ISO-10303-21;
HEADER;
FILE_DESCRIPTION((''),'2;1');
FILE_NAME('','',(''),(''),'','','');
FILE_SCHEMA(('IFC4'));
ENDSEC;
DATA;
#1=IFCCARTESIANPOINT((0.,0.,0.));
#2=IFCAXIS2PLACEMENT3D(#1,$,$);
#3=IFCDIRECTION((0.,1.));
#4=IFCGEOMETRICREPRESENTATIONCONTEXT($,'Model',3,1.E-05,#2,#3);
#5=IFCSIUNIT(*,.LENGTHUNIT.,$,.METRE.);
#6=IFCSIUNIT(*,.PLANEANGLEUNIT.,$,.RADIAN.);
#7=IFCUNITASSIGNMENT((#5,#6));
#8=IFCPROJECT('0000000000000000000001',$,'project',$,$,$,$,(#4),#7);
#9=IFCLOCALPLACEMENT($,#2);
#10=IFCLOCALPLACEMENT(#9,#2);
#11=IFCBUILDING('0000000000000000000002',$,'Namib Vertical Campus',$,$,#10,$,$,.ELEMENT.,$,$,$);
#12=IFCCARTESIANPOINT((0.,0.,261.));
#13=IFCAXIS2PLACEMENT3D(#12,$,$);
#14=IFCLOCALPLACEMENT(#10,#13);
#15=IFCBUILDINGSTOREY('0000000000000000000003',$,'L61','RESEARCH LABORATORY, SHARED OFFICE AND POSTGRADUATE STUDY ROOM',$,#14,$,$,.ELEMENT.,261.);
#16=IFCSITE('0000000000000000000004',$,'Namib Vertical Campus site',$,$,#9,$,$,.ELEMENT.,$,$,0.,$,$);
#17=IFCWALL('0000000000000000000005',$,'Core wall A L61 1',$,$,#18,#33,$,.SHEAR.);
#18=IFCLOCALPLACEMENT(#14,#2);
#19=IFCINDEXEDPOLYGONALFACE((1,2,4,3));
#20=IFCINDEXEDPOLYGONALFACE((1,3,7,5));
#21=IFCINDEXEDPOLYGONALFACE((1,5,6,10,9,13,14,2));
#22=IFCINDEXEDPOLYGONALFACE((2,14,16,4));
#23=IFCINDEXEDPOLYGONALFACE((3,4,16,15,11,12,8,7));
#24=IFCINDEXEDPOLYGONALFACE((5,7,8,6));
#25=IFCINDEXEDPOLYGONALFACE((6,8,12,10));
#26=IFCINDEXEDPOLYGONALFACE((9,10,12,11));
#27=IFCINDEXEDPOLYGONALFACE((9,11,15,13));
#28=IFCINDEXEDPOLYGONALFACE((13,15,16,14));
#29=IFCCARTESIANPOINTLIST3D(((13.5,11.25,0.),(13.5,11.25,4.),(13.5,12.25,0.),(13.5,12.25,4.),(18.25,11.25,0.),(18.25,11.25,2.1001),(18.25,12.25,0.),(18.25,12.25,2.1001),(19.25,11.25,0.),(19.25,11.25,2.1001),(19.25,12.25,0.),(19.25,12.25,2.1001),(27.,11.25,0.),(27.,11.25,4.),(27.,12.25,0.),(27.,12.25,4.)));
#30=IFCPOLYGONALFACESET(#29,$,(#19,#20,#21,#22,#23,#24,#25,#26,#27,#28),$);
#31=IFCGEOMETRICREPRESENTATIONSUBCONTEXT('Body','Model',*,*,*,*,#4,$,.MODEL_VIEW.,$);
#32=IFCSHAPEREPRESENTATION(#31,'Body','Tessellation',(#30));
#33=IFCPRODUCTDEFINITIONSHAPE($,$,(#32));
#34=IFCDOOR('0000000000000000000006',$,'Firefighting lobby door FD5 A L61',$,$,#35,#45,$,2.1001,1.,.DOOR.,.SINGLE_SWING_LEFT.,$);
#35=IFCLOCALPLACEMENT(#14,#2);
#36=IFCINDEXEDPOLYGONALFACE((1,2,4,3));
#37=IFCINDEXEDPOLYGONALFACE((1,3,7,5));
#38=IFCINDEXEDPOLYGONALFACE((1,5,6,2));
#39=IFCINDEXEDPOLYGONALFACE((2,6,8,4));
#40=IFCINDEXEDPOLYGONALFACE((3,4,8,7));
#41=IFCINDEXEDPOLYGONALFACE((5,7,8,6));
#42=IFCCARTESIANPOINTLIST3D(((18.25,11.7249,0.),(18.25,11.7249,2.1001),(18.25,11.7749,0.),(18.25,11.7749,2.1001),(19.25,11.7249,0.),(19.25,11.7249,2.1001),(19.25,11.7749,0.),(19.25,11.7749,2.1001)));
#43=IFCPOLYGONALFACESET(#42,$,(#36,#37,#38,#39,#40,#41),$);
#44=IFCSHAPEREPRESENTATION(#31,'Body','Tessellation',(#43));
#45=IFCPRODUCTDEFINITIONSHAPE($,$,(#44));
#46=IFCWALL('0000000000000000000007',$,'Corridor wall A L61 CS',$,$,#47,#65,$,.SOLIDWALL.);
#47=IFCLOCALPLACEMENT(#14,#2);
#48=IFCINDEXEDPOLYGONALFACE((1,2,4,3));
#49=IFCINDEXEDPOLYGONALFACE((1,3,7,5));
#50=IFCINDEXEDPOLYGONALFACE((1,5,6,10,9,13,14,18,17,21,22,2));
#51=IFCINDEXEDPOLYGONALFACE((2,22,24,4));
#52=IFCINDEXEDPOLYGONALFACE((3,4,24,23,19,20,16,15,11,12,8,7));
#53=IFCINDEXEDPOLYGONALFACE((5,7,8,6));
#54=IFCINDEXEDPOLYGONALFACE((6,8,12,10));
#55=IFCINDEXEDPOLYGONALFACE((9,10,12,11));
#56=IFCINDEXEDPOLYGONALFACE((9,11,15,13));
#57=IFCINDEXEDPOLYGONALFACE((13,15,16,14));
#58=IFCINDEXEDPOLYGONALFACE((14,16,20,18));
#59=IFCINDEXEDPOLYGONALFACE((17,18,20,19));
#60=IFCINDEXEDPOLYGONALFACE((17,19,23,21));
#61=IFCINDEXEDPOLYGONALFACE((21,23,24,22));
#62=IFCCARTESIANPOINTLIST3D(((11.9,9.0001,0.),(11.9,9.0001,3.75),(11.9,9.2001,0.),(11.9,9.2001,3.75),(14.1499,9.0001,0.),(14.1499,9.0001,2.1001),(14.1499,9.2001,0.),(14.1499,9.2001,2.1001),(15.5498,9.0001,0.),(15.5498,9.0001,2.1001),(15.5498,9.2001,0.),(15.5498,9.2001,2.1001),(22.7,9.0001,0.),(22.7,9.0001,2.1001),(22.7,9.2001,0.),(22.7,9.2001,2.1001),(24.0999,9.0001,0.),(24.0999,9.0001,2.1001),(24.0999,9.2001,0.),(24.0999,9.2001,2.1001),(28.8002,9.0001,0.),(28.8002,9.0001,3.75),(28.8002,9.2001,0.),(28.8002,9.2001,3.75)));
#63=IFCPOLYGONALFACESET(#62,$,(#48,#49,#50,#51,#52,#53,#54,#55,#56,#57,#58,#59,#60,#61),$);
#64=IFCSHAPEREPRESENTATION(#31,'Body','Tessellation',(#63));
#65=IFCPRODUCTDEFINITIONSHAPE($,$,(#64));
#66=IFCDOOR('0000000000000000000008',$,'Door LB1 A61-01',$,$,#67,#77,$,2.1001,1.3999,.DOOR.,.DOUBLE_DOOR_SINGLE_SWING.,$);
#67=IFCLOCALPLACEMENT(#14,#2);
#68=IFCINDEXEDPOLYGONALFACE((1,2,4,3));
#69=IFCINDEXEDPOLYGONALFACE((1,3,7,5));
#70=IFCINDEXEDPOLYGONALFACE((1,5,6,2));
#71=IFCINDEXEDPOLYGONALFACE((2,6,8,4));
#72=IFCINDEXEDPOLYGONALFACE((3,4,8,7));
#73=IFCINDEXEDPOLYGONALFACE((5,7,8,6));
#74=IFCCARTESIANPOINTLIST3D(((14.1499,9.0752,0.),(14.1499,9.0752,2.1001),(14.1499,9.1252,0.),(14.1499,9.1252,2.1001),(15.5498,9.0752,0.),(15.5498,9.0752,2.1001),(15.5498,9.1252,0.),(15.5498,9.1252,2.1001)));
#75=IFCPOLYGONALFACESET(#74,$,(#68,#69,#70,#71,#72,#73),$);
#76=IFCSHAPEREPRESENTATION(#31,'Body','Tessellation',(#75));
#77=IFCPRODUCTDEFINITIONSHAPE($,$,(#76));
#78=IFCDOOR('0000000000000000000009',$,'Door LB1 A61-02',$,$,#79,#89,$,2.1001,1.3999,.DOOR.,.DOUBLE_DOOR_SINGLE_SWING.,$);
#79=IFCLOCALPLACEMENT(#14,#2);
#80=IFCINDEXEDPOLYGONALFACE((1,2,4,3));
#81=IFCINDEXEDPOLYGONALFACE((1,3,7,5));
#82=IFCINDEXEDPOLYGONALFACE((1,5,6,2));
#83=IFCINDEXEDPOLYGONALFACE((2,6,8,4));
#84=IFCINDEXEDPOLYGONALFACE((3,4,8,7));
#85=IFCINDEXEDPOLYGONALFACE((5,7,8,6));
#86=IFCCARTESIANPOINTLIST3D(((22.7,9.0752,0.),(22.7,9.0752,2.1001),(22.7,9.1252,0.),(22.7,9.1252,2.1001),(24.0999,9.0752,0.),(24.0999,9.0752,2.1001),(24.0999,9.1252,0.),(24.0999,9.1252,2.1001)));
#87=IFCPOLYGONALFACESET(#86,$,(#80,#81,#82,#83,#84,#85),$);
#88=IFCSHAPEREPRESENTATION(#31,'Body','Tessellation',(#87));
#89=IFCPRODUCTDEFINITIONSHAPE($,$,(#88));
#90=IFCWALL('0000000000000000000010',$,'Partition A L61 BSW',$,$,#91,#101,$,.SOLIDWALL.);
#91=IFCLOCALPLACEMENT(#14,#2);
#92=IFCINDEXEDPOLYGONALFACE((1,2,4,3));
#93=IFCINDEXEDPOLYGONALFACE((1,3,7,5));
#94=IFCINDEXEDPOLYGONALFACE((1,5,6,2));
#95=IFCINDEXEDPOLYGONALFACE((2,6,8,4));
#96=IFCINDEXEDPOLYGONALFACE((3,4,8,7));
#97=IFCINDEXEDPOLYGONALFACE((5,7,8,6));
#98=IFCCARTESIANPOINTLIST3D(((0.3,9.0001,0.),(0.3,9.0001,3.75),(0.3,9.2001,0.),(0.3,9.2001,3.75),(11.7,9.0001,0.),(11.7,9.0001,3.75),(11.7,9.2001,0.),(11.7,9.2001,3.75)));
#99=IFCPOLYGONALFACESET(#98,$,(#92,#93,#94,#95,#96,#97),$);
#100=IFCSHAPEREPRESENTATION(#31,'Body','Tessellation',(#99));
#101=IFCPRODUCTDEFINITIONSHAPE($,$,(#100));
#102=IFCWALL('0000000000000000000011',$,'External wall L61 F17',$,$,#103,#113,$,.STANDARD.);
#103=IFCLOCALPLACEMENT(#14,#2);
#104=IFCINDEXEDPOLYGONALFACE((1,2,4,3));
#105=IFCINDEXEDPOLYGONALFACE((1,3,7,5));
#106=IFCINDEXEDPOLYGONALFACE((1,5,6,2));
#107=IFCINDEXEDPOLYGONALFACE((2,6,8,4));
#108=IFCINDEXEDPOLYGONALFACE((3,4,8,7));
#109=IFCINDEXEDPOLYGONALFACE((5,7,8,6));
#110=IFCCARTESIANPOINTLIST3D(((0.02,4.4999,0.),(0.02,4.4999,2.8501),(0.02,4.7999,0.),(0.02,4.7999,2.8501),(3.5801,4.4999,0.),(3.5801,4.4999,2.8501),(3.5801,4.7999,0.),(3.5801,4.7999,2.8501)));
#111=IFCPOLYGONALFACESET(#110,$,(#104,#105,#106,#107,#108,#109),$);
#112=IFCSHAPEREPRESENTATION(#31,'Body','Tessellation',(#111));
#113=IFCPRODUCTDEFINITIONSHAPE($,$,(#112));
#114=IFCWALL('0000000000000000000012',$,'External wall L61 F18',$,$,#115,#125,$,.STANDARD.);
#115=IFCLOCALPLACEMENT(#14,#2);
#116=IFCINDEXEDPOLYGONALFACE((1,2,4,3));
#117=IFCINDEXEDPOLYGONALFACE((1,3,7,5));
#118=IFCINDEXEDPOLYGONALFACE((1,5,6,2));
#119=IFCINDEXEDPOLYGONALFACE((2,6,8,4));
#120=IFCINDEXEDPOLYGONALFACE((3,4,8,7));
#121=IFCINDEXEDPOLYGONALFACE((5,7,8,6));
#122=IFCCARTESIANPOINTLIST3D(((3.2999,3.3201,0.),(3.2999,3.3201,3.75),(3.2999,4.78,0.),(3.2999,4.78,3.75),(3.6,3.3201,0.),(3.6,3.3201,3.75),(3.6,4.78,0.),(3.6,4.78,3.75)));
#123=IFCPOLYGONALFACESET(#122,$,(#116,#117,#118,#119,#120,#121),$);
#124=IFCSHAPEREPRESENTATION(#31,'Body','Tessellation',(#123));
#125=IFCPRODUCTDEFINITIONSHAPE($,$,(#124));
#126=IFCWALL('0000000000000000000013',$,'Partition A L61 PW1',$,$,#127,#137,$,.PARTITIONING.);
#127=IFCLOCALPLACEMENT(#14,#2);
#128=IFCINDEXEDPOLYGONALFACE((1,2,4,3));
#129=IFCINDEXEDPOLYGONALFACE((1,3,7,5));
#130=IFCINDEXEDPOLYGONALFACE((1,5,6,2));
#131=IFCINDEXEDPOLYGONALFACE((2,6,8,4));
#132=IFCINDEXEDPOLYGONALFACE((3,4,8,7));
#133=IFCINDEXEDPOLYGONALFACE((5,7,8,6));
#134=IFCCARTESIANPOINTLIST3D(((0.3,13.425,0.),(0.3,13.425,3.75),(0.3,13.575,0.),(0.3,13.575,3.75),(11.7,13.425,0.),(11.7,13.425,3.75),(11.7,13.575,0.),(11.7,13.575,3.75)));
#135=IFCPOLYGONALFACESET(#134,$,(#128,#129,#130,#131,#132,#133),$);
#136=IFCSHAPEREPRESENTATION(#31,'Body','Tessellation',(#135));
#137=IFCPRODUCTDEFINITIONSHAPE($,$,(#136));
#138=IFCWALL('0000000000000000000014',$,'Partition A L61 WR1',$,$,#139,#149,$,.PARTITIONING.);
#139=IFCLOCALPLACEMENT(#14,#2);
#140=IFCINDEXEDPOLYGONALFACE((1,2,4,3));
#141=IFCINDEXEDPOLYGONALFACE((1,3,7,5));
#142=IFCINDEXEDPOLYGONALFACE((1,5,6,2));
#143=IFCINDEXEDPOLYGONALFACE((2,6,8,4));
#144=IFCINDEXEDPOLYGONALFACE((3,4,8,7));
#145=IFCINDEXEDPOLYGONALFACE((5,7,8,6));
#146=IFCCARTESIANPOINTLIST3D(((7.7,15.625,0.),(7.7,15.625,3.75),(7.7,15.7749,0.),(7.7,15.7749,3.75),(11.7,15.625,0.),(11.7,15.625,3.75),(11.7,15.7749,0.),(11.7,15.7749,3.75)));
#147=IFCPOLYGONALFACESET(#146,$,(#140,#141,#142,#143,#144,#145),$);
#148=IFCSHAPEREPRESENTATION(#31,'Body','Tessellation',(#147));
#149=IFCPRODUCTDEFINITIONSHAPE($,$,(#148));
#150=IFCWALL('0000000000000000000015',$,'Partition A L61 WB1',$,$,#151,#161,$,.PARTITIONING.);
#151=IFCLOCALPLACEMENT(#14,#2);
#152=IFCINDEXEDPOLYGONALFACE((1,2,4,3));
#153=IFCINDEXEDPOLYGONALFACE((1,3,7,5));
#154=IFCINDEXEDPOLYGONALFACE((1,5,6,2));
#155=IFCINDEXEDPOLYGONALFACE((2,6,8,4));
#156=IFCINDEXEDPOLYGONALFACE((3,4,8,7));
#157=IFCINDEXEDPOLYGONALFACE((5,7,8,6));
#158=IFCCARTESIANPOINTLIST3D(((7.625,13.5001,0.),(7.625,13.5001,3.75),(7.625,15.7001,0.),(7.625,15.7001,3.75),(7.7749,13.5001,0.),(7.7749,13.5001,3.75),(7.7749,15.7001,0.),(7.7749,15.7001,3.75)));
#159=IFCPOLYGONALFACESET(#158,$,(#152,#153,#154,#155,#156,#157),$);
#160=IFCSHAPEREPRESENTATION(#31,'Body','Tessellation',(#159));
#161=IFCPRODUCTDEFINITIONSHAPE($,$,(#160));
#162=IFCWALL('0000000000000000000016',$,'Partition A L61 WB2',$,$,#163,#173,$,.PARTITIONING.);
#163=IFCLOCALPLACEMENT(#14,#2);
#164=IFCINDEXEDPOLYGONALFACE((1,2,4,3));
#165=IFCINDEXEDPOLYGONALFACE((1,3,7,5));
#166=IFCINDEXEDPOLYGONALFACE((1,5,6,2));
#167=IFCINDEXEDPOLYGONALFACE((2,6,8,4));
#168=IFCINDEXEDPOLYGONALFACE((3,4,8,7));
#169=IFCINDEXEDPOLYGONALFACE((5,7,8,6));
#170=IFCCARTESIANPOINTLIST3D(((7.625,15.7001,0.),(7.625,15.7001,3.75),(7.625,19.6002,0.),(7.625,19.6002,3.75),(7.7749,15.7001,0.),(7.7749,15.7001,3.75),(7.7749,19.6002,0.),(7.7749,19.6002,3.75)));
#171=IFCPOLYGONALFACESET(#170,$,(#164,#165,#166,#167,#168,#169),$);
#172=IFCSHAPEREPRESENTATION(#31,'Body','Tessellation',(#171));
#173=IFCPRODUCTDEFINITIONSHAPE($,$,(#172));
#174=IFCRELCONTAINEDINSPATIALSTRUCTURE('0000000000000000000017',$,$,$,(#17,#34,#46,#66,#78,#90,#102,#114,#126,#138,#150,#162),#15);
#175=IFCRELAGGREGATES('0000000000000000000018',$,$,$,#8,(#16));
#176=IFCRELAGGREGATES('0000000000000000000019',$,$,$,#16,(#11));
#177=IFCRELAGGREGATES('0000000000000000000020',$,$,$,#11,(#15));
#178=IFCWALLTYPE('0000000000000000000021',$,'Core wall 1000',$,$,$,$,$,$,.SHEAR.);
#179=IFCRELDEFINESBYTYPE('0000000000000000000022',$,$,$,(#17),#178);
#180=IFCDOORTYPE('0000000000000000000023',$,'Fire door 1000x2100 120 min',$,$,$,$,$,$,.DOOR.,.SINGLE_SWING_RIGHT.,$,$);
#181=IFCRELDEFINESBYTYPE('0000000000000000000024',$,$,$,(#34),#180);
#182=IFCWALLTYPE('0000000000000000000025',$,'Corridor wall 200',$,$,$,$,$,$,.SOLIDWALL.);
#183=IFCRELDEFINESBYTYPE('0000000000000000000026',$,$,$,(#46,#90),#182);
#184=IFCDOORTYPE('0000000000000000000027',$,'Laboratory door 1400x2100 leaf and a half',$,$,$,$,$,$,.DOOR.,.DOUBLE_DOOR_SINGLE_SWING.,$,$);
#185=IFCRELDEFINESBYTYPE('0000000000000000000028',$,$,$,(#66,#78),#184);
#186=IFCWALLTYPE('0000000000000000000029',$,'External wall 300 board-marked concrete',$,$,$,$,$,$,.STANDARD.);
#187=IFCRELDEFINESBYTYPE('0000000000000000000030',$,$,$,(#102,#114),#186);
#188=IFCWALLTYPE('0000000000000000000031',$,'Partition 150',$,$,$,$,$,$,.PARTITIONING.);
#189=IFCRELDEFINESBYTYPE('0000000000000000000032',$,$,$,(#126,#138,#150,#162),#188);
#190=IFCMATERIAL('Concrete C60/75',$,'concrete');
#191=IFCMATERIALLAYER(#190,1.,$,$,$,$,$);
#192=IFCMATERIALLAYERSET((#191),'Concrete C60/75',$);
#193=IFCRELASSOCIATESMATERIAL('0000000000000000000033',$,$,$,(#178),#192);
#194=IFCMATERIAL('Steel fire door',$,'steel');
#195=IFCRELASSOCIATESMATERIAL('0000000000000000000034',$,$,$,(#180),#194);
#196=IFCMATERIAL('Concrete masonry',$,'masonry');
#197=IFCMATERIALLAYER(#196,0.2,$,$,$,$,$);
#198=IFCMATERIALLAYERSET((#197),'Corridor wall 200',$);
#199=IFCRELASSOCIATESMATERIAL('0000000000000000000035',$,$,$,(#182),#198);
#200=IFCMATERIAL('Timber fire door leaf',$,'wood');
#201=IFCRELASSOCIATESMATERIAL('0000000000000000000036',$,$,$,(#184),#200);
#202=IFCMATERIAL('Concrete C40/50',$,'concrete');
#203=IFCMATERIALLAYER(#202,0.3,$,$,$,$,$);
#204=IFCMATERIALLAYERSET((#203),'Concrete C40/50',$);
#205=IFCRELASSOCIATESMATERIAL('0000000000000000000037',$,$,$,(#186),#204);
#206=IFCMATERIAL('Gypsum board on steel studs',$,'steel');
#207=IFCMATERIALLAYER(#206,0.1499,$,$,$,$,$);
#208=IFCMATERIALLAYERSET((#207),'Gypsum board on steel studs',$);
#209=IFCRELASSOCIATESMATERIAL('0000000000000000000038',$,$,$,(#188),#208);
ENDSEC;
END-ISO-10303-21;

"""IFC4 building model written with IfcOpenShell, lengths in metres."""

from ifc_helpers import new_model, si_unit, direction, frame, frame_2d, origin, place, context, subcontext, project, spatial, rectangle, extrude, material, layer, layer_set, type_object, element, fill, save


model = new_model("IFC4")

# Units and contexts
model_context = context("Model", 3, precision=1e-05, world=origin(), true_north=direction((0.0, 1.0)))
body_context = subcontext(model_context, "Body", "Model", "MODEL_VIEW")
ifc_project = project(units=[si_unit("LENGTHUNIT", "METRE"), si_unit("PLANEANGLEUNIT", "RADIAN")], contexts=[model_context])

# Site, building, storey
site_placement = place(None, origin())
site = spatial("IfcSite", under=ifc_project, at=site_placement, Name="Namib Vertical Campus site", CompositionType="ELEMENT", RefElevation=0.0)
building_placement = place(site_placement, origin())
building = spatial("IfcBuilding", under=site, at=building_placement, Name="Namib Vertical Campus", CompositionType="ELEMENT")
storey_placement = place(building_placement, frame((0.0, 0.0, 261.0)))
storey = spatial("IfcBuildingStorey", under=building, at=storey_placement, Name="L61", Description="RESEARCH LABORATORY, SHARED OFFICE AND POSTGRADUATE STUDY ROOM", CompositionType="ELEMENT", Elevation=261.0)

# Wall, opening, door
ifc_material_1 = material(Name="Concrete C60/75", Category="concrete")
ifc_layer_1 = layer(ifc_material_1, 1.0)
ifc_layer_set_1 = layer_set([ifc_layer_1], Name="Concrete C60/75")
wall_type_1 = type_object("IfcWallType", Name="Core wall 1000", PredefinedType="SHEAR", material=ifc_layer_set_1)
wall_1_placement = place(storey_placement, frame((13.5, 11.75, 0.0), z_axis=(0.0, 0.0, 1.0), x_axis=(1.0, 0.0, 0.0)))
wall_1 = element("IfcWall", 1, at=wall_1_placement, inside=storey, type_object=wall_type_1, Name="Core wall A L61 1", PredefinedType="SHEAR", context=body_context, shape_type="SweptSolid", body=[
    extrude(rectangle(XDim=13.5, YDim=1.0, at=frame_2d((6.75, 0.0))), origin(), (0.0, 0.0, 1.0), 4.0),
])
opening_1_placement = place(wall_1_placement, frame((4.75, 0.0, 0.0)))
opening_1 = element("IfcOpeningElement", 2, at=opening_1_placement, cuts=wall_1, PredefinedType="OPENING", context=body_context, shape_type="SweptSolid", body=[
    extrude(rectangle(XDim=1.0, YDim=2.1001, at=frame_2d((0.5, 1.05))), frame((0.0, 0.51, 0.0), z_axis=(0.0, -1.0, 0.0), x_axis=(1.0, 0.0, 0.0)), (0.0, 0.0, 1.0), 1.02),
])
ifc_material_2 = material(Name="Steel fire door", Category="steel")
door_type_1 = type_object("IfcDoorType", Name="Fire door 1000x2100 120 min", OperationType="SINGLE_SWING_RIGHT", PredefinedType="DOOR", material=ifc_material_2)
door_1_placement = place(opening_1_placement, origin())
door_1 = element("IfcDoor", 3, at=door_1_placement, inside=storey, type_object=door_type_1, Name="Firefighting lobby door FD5 A L61", OperationType="SINGLE_SWING_LEFT", OverallHeight=2.1001, OverallWidth=1.0, PredefinedType="DOOR", context=body_context, shape_type="SweptSolid", body=[
    extrude(rectangle(XDim=1.0, YDim=2.1001, at=frame_2d((0.5, 1.05))), frame((0.0, 0.0249, 0.0), z_axis=(0.0, -1.0, 0.0), x_axis=(1.0, 0.0, 0.0)), (0.0, 0.0, 1.0), 0.05),
])
fill(opening_1, door_1)

# Wall, openings, doors
ifc_material_3 = material(Name="Concrete masonry", Category="masonry")
ifc_layer_2 = layer(ifc_material_3, 0.2)
ifc_layer_set_2 = layer_set([ifc_layer_2], Name="Corridor wall 200")
wall_type_2 = type_object("IfcWallType", Name="Corridor wall 200", PredefinedType="SOLIDWALL", material=ifc_layer_set_2)
wall_2_placement = place(storey_placement, frame((11.8999, 9.1001, 0.0), z_axis=(0.0, 0.0, 1.0), x_axis=(1.0, 0.0, 0.0)))
wall_2 = element("IfcWall", 4, at=wall_2_placement, inside=storey, type_object=wall_type_2, Name="Corridor wall A L61 CS", PredefinedType="SOLIDWALL", context=body_context, shape_type="SweptSolid", body=[
    extrude(rectangle(XDim=16.9001, YDim=0.2, at=frame_2d((8.4502, 0.0))), origin(), (0.0, 0.0, 1.0), 3.75),
])
opening_2_placement = place(wall_2_placement, frame((2.25, 0.0, 0.0)))
opening_2 = element("IfcOpeningElement", 5, at=opening_2_placement, cuts=wall_2, PredefinedType="OPENING", context=body_context, shape_type="SweptSolid", body=[
    extrude(rectangle(XDim=1.3999, YDim=2.1001, at=frame_2d((0.7, 1.05))), frame((0.0, 0.1099, 0.0), z_axis=(0.0, -1.0, 0.0), x_axis=(1.0, 0.0, 0.0)), (0.0, 0.0, 1.0), 0.22),
])
opening_3_placement = place(wall_2_placement, frame((10.8, 0.0, 0.0)))
opening_3 = element("IfcOpeningElement", 6, at=opening_3_placement, cuts=wall_2, PredefinedType="OPENING", context=body_context, shape_type="SweptSolid", body=[
    extrude(rectangle(XDim=1.3999, YDim=2.1001, at=frame_2d((0.7, 1.05))), frame((0.0, 0.1099, 0.0), z_axis=(0.0, -1.0, 0.0), x_axis=(1.0, 0.0, 0.0)), (0.0, 0.0, 1.0), 0.22),
])
ifc_material_4 = material(Name="Timber fire door leaf", Category="wood")
door_type_2 = type_object("IfcDoorType", Name="Laboratory door 1400x2100 leaf and a half", OperationType="DOUBLE_DOOR_SINGLE_SWING", PredefinedType="DOOR", material=ifc_material_4)
door_2_placement = place(opening_2_placement, frame((1.3999, 0.0, 0.0), z_axis=(0.0, 0.0, 1.0), x_axis=(-1.0, 0.0, 0.0)))
door_2 = element("IfcDoor", 7, at=door_2_placement, inside=storey, type_object=door_type_2, Name="Door LB1 A61-01", OperationType="DOUBLE_DOOR_SINGLE_SWING", OverallHeight=2.1001, OverallWidth=1.3999, PredefinedType="DOOR", context=body_context, shape_type="SweptSolid", body=[
    extrude(rectangle(XDim=1.3999, YDim=2.1001, at=frame_2d((0.7, 1.05))), frame((0.0, 0.0249, 0.0), z_axis=(0.0, -1.0, 0.0), x_axis=(1.0, 0.0, 0.0)), (0.0, 0.0, 1.0), 0.05),
])
fill(opening_2, door_2)
door_3_placement = place(opening_3_placement, frame((1.3999, 0.0, 0.0), z_axis=(0.0, 0.0, 1.0), x_axis=(-1.0, 0.0, 0.0)))
door_3 = element("IfcDoor", 8, at=door_3_placement, inside=storey, type_object=door_type_2, Name="Door LB1 A61-02", OperationType="DOUBLE_DOOR_SINGLE_SWING", OverallHeight=2.1001, OverallWidth=1.3999, PredefinedType="DOOR", context=body_context, shape_type="SweptSolid", body=[
    extrude(rectangle(XDim=1.3999, YDim=2.1001, at=frame_2d((0.7, 1.05))), frame((0.0, 0.0249, 0.0), z_axis=(0.0, -1.0, 0.0), x_axis=(1.0, 0.0, 0.0)), (0.0, 0.0, 1.0), 0.05),
])
fill(opening_3, door_3)

# Walls
wall_3_placement = place(storey_placement, frame((0.3, 9.1001, 0.0), z_axis=(0.0, 0.0, 1.0), x_axis=(1.0, 0.0, 0.0)))
element("IfcWall", 9, at=wall_3_placement, inside=storey, type_object=wall_type_2, Name="Partition A L61 BSW", PredefinedType="SOLIDWALL", context=body_context, shape_type="SweptSolid", body=[
    extrude(rectangle(XDim=11.3999, YDim=0.2, at=frame_2d((5.7, 0.0))), origin(), (0.0, 0.0, 1.0), 3.75),
])
ifc_material_5 = material(Name="Concrete C40/50", Category="concrete")
ifc_layer_3 = layer(ifc_material_5, 0.3)
ifc_layer_set_3 = layer_set([ifc_layer_3], Name="Concrete C40/50")
wall_type_3 = type_object("IfcWallType", Name="External wall 300 board-marked concrete", PredefinedType="STANDARD", material=ifc_layer_set_3)
wall_4_placement = place(storey_placement, frame((0.02, 4.6499, 0.0), z_axis=(0.0, 0.0, 1.0), x_axis=(1.0, 0.0, 0.0)))
element("IfcWall", 10, at=wall_4_placement, inside=storey, type_object=wall_type_3, Name="External wall L61 F17", PredefinedType="STANDARD", context=body_context, shape_type="SweptSolid", body=[
    extrude(rectangle(XDim=3.5601, YDim=0.3, at=frame_2d((1.78, 0.0))), origin(), (0.0, 0.0, 1.0), 2.8501),
])
wall_5_placement = place(storey_placement, frame((3.45, 4.78, 0.0), z_axis=(0.0, 0.0, 1.0), x_axis=(0.0, -1.0, 0.0)))
element("IfcWall", 11, at=wall_5_placement, inside=storey, type_object=wall_type_3, Name="External wall L61 F18", PredefinedType="STANDARD", context=body_context, shape_type="SweptSolid", body=[
    extrude(rectangle(XDim=1.46, YDim=0.3, at=frame_2d((0.73, 0.0))), origin(), (0.0, 0.0, 1.0), 3.75),
])
ifc_material_6 = material(Name="Gypsum board on steel studs", Category="steel")
ifc_layer_4 = layer(ifc_material_6, 0.1499)
ifc_layer_set_4 = layer_set([ifc_layer_4], Name="Gypsum board on steel studs")
wall_type_4 = type_object("IfcWallType", Name="Partition 150", PredefinedType="PARTITIONING", material=ifc_layer_set_4)
wall_6_placement = place(storey_placement, frame((0.3, 13.5, 0.0), z_axis=(0.0, 0.0, 1.0), x_axis=(1.0, 0.0, 0.0)))
element("IfcWall", 12, at=wall_6_placement, inside=storey, type_object=wall_type_4, Name="Partition A L61 PW1", PredefinedType="PARTITIONING", context=body_context, shape_type="SweptSolid", body=[
    extrude(rectangle(XDim=11.3999, YDim=0.1499, at=frame_2d((5.7, 0.0))), origin(), (0.0, 0.0, 1.0), 3.75),
])
wall_7_placement = place(storey_placement, frame((11.7, 15.7, 0.0), z_axis=(0.0, 0.0, 1.0), x_axis=(-1.0, 0.0, 0.0)))
element("IfcWall", 13, at=wall_7_placement, inside=storey, type_object=wall_type_4, Name="Partition A L61 WR1", PredefinedType="PARTITIONING", context=body_context, shape_type="SweptSolid", body=[
    extrude(rectangle(XDim=4.0, YDim=0.1499, at=frame_2d((2.0, 0.0))), origin(), (0.0, 0.0, 1.0), 3.75),
])
wall_8_placement = place(storey_placement, frame((7.7, 13.5, 0.0), z_axis=(0.0, 0.0, 1.0), x_axis=(0.0, 1.0, 0.0)))
element("IfcWall", 14, at=wall_8_placement, inside=storey, type_object=wall_type_4, Name="Partition A L61 WB1", PredefinedType="PARTITIONING", context=body_context, shape_type="SweptSolid", body=[
    extrude(rectangle(XDim=2.2, YDim=0.1499, at=frame_2d((1.1001, 0.0))), origin(), (0.0, 0.0, 1.0), 3.75),
])
wall_9_placement = place(storey_placement, frame((7.7, 15.7, 0.0), z_axis=(0.0, 0.0, 1.0), x_axis=(0.0, 1.0, 0.0)))
element("IfcWall", 15, at=wall_9_placement, inside=storey, type_object=wall_type_4, Name="Partition A L61 WB2", PredefinedType="PARTITIONING", context=body_context, shape_type="SweptSolid", body=[
    extrude(rectangle(XDim=3.9001, YDim=0.1499, at=frame_2d((1.9502, 0.0))), origin(), (0.0, 0.0, 1.0), 3.75),
])

save(model, "model.ifc")
